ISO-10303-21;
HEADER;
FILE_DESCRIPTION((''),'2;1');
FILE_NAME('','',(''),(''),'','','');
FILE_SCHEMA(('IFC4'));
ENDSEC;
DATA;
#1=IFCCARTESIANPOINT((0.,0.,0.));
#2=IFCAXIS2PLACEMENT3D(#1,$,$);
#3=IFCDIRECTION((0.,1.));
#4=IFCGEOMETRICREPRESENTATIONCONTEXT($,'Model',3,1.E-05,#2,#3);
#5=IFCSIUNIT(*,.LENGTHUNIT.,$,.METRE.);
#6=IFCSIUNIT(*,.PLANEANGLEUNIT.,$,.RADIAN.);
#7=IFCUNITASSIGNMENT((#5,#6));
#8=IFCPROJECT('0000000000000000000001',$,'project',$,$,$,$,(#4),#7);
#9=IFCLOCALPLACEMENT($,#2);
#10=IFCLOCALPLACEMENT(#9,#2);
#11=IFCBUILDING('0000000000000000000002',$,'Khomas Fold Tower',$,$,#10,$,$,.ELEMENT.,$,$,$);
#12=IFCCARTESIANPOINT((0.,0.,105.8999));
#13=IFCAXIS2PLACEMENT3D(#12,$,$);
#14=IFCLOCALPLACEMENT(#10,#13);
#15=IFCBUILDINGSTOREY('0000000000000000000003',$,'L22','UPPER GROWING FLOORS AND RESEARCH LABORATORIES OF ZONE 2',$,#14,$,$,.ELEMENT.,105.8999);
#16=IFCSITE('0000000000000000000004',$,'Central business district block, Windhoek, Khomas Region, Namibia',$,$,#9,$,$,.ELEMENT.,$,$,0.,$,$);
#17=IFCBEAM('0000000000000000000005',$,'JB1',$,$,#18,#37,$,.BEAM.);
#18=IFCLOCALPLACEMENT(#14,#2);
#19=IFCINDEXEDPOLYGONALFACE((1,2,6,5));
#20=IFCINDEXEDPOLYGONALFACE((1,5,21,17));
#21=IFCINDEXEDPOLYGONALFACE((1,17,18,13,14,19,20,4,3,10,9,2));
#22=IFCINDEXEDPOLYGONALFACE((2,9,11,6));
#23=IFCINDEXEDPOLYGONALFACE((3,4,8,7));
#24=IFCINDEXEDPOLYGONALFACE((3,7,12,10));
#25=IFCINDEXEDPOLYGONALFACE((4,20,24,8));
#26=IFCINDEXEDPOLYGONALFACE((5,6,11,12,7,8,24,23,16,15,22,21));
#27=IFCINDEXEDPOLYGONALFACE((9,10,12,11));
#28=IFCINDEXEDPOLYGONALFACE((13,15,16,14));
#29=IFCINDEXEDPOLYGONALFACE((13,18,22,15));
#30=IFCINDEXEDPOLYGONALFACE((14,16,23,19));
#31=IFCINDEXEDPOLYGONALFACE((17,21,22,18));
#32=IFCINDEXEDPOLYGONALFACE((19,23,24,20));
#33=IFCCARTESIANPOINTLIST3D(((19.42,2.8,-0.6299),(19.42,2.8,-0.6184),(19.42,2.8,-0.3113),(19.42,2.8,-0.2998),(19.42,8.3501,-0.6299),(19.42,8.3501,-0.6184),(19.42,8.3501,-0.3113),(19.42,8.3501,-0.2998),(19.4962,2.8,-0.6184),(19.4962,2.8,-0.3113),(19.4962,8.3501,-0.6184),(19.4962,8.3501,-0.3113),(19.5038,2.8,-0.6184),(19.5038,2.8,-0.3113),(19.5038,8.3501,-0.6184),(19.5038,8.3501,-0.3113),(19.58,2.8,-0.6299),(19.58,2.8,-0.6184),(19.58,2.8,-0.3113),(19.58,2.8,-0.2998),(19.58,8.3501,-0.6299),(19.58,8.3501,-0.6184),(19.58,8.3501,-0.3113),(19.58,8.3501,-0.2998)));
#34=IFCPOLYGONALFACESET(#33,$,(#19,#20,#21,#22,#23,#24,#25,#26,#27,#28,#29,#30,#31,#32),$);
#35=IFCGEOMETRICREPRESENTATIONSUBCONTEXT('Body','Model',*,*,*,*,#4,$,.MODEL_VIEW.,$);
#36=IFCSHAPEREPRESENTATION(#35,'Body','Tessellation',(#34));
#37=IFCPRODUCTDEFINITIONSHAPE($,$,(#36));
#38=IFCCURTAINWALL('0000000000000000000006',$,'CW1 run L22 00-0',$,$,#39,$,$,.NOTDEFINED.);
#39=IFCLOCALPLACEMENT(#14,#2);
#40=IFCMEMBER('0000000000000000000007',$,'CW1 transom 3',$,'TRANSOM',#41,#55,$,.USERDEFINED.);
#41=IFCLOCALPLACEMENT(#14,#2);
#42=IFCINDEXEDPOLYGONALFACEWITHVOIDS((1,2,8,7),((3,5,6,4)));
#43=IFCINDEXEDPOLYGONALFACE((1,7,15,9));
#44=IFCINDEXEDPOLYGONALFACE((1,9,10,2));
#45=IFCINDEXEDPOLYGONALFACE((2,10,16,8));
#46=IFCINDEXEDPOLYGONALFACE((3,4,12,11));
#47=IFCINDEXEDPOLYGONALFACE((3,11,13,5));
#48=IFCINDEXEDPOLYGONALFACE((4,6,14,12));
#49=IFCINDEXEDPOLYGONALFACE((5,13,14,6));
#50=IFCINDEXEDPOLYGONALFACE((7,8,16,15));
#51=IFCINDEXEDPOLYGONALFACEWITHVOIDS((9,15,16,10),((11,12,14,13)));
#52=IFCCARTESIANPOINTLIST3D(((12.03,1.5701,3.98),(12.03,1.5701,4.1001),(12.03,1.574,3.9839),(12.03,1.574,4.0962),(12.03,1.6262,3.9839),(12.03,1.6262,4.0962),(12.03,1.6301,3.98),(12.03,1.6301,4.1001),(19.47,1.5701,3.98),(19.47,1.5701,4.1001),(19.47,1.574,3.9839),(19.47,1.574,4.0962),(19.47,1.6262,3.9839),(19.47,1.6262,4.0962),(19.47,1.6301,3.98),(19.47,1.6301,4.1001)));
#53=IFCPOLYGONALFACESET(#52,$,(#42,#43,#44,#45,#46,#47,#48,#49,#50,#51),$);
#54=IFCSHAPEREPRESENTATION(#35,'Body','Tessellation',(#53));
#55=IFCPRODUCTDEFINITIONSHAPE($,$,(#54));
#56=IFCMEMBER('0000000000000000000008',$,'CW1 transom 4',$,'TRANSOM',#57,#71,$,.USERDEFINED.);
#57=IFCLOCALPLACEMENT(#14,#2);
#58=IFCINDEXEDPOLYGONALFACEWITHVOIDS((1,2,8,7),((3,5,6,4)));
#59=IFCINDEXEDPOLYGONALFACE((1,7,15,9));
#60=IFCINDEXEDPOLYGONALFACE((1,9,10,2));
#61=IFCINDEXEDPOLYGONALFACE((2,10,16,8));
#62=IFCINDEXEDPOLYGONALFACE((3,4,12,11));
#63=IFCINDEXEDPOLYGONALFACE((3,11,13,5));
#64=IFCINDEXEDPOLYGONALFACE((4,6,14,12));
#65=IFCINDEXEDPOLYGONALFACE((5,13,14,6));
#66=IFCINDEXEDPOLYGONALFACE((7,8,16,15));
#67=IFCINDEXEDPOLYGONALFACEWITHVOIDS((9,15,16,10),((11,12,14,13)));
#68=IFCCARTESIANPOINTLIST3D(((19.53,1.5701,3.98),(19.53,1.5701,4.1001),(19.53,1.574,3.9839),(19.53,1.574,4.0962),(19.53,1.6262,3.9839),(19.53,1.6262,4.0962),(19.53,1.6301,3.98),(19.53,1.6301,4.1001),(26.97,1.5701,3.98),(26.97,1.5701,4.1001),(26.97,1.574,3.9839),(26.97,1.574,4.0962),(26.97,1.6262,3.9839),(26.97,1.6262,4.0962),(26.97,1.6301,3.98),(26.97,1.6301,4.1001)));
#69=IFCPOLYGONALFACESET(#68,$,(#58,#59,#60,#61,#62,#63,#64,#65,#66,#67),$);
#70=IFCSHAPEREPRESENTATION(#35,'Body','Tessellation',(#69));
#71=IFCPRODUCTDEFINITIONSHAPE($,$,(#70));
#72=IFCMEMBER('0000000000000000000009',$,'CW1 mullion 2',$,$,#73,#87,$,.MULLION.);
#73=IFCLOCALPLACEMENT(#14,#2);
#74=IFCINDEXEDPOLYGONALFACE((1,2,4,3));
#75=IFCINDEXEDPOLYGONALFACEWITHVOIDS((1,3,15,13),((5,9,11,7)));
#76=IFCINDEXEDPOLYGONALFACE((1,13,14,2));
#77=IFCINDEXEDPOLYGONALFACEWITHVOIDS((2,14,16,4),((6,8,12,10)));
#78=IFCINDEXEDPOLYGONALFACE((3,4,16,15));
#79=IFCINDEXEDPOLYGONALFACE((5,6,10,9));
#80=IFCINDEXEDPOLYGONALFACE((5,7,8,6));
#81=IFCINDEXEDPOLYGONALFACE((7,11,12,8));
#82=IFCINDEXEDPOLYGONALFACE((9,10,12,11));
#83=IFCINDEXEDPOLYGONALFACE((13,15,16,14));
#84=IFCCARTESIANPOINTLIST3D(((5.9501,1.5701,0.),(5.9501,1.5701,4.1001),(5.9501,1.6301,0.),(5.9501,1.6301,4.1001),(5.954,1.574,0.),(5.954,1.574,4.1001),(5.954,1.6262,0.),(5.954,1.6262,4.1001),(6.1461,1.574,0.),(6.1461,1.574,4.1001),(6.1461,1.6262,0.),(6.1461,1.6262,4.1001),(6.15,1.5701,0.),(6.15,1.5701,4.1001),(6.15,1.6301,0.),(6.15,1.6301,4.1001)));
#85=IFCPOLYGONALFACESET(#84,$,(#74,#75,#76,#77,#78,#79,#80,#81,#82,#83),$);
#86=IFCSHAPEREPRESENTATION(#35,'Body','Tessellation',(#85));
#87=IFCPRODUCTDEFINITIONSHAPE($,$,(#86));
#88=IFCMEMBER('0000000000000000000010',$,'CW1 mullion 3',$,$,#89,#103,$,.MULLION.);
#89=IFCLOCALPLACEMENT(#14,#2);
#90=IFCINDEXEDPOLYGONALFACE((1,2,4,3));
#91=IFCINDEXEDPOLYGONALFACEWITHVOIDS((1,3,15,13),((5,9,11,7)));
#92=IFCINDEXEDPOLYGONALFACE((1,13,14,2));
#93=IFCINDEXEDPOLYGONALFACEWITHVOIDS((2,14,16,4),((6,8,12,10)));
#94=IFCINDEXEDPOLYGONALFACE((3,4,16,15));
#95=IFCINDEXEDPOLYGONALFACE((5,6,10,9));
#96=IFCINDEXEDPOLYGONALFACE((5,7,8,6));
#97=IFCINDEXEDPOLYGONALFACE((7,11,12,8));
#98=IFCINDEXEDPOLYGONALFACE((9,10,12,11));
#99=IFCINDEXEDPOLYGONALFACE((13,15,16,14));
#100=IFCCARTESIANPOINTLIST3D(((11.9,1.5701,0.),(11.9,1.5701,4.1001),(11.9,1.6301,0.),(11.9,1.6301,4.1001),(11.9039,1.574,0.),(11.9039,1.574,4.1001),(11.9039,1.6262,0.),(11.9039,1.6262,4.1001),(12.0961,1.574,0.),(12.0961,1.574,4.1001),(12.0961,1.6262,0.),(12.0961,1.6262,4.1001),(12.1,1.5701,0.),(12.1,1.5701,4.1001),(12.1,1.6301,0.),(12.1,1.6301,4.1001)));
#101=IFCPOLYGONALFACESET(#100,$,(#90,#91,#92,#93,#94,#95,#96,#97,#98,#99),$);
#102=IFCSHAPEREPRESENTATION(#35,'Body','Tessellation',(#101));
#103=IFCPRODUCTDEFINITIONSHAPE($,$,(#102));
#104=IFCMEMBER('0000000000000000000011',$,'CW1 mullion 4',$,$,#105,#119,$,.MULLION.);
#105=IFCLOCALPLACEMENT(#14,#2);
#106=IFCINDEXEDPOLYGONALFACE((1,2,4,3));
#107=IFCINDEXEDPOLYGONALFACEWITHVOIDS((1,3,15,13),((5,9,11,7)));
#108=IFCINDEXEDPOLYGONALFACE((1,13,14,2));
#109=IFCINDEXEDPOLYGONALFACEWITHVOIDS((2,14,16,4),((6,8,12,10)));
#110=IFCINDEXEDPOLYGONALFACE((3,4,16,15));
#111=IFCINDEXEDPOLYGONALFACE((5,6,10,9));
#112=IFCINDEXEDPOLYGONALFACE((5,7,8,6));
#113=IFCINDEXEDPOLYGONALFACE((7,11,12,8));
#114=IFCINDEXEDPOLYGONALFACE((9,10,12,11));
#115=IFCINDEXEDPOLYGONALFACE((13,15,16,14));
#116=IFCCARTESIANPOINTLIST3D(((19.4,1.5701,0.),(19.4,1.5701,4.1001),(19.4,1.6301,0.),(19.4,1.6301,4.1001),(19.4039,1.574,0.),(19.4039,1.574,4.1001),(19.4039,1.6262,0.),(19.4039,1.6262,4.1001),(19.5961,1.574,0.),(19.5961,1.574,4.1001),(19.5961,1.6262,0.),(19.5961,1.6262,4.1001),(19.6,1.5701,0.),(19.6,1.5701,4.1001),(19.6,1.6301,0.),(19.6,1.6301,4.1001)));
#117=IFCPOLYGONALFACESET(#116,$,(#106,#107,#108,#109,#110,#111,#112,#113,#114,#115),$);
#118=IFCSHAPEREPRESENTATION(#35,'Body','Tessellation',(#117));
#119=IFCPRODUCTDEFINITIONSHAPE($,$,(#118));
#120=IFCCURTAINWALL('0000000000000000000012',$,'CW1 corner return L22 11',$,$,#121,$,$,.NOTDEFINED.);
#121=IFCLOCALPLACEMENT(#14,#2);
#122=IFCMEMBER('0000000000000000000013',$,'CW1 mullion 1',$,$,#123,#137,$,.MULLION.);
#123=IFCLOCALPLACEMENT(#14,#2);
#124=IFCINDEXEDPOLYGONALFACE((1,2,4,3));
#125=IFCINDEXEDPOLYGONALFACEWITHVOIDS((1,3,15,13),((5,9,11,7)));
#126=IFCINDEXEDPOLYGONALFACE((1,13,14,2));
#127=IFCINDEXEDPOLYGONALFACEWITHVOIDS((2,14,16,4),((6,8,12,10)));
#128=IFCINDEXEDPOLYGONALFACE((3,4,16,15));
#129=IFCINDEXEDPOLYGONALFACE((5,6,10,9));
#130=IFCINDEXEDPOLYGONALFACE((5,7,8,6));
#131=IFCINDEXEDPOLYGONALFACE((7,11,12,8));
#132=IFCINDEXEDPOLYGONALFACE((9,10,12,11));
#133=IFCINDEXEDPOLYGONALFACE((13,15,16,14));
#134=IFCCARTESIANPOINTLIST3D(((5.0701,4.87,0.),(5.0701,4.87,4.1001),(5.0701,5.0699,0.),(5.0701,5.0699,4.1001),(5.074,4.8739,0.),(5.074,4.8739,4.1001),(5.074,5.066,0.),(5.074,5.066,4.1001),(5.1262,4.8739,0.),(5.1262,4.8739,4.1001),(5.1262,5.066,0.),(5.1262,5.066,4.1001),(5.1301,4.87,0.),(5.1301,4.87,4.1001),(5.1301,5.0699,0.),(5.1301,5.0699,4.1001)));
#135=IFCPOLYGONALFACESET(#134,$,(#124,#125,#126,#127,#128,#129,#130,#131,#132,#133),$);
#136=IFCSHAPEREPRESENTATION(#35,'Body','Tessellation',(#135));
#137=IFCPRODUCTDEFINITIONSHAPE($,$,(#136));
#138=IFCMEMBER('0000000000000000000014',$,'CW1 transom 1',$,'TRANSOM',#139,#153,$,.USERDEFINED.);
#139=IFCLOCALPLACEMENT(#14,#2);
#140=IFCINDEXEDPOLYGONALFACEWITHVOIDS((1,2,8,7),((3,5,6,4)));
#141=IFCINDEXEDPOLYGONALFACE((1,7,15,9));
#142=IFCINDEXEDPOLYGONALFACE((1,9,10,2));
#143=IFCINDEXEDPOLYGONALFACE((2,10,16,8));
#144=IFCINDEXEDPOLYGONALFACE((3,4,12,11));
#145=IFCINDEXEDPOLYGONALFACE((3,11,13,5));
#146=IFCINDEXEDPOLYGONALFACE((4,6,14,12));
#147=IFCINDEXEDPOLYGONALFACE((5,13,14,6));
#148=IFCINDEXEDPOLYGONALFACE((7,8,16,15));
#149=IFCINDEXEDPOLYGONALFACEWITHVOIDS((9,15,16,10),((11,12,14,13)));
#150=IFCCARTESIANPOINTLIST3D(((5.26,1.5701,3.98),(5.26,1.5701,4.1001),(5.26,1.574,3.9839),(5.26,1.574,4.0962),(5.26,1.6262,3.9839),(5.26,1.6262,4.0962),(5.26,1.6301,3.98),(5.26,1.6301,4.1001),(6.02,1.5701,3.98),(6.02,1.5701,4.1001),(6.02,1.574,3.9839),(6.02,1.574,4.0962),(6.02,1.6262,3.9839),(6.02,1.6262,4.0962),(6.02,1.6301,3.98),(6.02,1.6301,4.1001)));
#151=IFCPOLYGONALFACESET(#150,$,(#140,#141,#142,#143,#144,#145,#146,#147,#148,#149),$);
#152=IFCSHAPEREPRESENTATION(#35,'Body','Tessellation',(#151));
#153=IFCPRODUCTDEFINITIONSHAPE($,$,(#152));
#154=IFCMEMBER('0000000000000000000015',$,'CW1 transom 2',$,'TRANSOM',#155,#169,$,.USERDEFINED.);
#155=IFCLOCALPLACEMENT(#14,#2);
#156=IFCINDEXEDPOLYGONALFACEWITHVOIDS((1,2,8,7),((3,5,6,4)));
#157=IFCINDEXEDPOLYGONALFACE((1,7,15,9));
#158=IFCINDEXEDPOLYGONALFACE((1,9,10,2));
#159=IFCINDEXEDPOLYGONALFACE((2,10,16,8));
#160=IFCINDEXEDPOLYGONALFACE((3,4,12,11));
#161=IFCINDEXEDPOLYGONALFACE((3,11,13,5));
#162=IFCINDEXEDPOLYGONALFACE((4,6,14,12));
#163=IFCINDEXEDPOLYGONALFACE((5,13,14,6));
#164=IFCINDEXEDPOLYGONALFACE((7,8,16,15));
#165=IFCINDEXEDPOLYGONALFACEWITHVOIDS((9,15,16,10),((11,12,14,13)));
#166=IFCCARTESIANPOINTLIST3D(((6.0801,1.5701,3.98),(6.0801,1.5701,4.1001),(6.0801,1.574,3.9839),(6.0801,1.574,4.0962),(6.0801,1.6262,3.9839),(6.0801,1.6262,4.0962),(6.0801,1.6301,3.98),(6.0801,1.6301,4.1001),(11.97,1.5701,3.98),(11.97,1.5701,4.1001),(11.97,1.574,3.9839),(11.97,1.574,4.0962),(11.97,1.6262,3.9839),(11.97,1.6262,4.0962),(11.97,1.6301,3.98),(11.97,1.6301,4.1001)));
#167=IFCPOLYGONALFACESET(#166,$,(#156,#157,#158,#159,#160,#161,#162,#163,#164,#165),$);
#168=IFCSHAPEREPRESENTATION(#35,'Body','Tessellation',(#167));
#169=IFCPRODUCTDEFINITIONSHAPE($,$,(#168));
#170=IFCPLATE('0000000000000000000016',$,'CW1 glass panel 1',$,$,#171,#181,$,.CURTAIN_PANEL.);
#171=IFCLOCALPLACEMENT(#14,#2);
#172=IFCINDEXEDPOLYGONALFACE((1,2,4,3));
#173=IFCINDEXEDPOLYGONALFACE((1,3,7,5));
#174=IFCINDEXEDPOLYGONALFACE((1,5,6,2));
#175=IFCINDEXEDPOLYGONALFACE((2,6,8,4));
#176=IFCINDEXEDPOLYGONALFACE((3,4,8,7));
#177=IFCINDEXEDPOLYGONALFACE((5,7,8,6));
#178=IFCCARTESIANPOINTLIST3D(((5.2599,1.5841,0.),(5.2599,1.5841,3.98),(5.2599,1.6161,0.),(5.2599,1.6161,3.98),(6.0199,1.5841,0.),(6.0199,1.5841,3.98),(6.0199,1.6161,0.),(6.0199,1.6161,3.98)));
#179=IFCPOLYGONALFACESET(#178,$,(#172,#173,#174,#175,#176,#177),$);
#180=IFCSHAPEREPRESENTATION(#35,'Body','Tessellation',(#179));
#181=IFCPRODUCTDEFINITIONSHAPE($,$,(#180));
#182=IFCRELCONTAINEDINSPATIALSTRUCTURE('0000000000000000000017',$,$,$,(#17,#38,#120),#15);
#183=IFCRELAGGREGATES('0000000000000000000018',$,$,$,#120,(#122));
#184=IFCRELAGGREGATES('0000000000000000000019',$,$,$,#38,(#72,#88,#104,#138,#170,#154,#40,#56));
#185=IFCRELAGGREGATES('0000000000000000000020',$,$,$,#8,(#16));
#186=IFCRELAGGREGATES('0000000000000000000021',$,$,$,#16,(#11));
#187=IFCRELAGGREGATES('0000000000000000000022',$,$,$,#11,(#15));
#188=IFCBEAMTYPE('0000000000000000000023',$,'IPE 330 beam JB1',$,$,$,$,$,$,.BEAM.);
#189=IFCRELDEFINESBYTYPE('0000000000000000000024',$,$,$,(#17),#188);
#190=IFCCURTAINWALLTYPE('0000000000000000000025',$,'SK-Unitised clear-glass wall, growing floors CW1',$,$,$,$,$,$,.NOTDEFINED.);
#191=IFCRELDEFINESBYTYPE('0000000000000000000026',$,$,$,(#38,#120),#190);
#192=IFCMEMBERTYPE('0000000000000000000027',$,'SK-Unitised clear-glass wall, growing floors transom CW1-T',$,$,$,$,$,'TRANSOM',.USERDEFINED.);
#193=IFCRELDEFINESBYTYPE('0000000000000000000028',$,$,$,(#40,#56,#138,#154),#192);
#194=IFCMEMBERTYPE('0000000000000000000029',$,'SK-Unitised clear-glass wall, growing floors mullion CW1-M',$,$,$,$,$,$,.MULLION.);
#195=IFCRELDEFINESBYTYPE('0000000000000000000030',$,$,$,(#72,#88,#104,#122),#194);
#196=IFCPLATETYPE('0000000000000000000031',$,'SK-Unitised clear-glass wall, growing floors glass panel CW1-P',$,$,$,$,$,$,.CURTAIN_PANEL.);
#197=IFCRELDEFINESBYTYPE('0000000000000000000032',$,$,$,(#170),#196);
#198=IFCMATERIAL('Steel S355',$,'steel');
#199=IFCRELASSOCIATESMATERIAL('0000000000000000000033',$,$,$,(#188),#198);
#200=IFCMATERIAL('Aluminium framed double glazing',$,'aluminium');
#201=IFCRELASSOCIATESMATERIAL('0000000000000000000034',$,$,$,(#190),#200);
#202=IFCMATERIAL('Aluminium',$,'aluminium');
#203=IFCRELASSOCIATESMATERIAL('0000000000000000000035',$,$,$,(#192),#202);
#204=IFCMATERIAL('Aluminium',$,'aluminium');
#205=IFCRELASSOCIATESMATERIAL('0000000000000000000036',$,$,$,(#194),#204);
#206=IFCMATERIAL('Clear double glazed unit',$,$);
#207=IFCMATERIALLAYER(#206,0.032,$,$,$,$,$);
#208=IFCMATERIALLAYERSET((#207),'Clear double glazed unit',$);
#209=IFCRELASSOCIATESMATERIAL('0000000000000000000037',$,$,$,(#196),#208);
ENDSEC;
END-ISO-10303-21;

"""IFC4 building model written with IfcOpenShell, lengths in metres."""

from ifc_helpers import new_model, si_unit, direction, frame, origin, origin_2d, place, context, subcontext, project, spatial, rectangle, hollow_rectangle, i_section, extrude, source, transform, mapped, material, layer, layer_set, material_profile, profile_set, type_object, element, aggregate, save


model = new_model("IFC4")

# Units and contexts
model_context = context("Model", 3, precision=1e-05, world=origin(), true_north=direction((0.0, 1.0)))
body_context = subcontext(model_context, "Body", "Model", "MODEL_VIEW")
ifc_project = project(units=[si_unit("LENGTHUNIT", "METRE"), si_unit("PLANEANGLEUNIT", "RADIAN")], contexts=[model_context])

# Site, building, storey
site_placement = place(None, origin())
site = spatial("IfcSite", under=ifc_project, at=site_placement, Name="Central business district block, Windhoek, Khomas Region, Namibia", CompositionType="ELEMENT", RefElevation=0.0)
building_placement = place(site_placement, origin())
building = spatial("IfcBuilding", under=site, at=building_placement, Name="Khomas Fold Tower", CompositionType="ELEMENT")
storey_placement = place(building_placement, frame((0.0, 0.0, 105.8999)))
storey = spatial("IfcBuildingStorey", under=building, at=storey_placement, Name="L22", Description="UPPER GROWING FLOORS AND RESEARCH LABORATORIES OF ZONE 2", CompositionType="ELEMENT", Elevation=105.8999)

# Beam
ifc_material_1 = material(Name="Steel S355", Category="steel")
ifc_material_profile_1 = material_profile(ifc_material_1, i_section(OverallWidth=0.1599, OverallDepth=0.3301, WebThickness=0.0076, FlangeThickness=0.0115, at=origin_2d()), Name="IPE 330")
ifc_profile_set_1 = profile_set([ifc_material_profile_1], Name="Steel S355")
beam_type_1 = type_object("IfcBeamType", Name="IPE 330 beam JB1", PredefinedType="BEAM", material=ifc_profile_set_1)
shared_shape_1 = source(origin(), body_context, "Body", "SweptSolid", [
    extrude(i_section(OverallWidth=0.1599, OverallDepth=0.3301, WebThickness=0.0076, FlangeThickness=0.0115, at=origin_2d()), origin(), (0.0, 0.0, 1.0), 5.55),
])
beam_1_placement = place(storey_placement, frame((19.5, 2.8, -0.4648), z_axis=(0.0, 1.0, 0.0), x_axis=(-1.0, 0.0, 0.0)))
element("IfcBeam", 1, at=beam_1_placement, inside=storey, type_object=beam_type_1, Name="JB1", PredefinedType="BEAM", context=body_context, shape_type="MappedRepresentation", body=[
    mapped(shared_shape_1, transform((0.0, 0.0, 0.0))),
])

# Curtain wall, members
ifc_material_2 = material(Name="Aluminium framed double glazing", Category="aluminium")
curtain_wall_type = type_object("IfcCurtainWallType", Name="SK-Unitised clear-glass wall, growing floors CW1", PredefinedType="NOTDEFINED", material=ifc_material_2)
curtain_wall_1_placement = place(storey_placement, origin())
curtain_wall_1 = element("IfcCurtainWall", 2, at=curtain_wall_1_placement, inside=storey, type_object=curtain_wall_type, Name="CW1 run L22 00-0", PredefinedType="NOTDEFINED")
ifc_material_3 = material(Name="Aluminium", Category="aluminium")
ifc_material_profile_2 = material_profile(ifc_material_3, hollow_rectangle(XDim=0.0601, YDim=0.1201, WallThickness=0.0039, at=origin_2d()), Name="SK-Unitised clear-glass wall, growing floors transom CW1-T")
ifc_profile_set_2 = profile_set([ifc_material_profile_2], Name="Aluminium")
member_type_1 = type_object("IfcMemberType", Name="SK-Unitised clear-glass wall, growing floors transom CW1-T", ElementType="TRANSOM", PredefinedType="USERDEFINED", material=ifc_profile_set_2)
shared_shape_2 = source(origin(), body_context, "Body", "SweptSolid", [
    extrude(hollow_rectangle(XDim=0.0601, YDim=0.1201, WallThickness=0.0039, at=origin_2d()), origin(), (0.0, 0.0, 1.0), 7.4399),
])
member_1_placement = place(storey_placement, frame((12.03, 1.6001, 4.04), z_axis=(1.0, 0.0, 0.0), x_axis=(0.0, 1.0, 0.0)))
member_1 = element("IfcMember", 3, at=member_1_placement, type_object=member_type_1, Name="CW1 transom 3", ObjectType="TRANSOM", PredefinedType="USERDEFINED", context=body_context, shape_type="MappedRepresentation", body=[
    mapped(shared_shape_2, transform((0.0, 0.0, 0.0))),
])
member_2_placement = place(storey_placement, frame((19.53, 1.6001, 4.04), z_axis=(1.0, 0.0, 0.0), x_axis=(0.0, 1.0, 0.0)))
member_2 = element("IfcMember", 4, at=member_2_placement, type_object=member_type_1, Name="CW1 transom 4", ObjectType="TRANSOM", PredefinedType="USERDEFINED", context=body_context, shape_type="MappedRepresentation", body=[
    mapped(shared_shape_2, transform((0.0, 0.0, 0.0))),
])
ifc_material_4 = material(Name="Aluminium", Category="aluminium")
ifc_material_profile_3 = material_profile(ifc_material_4, hollow_rectangle(XDim=0.0601, YDim=0.2, WallThickness=0.0039, at=origin_2d()), Name="SK-Unitised clear-glass wall, growing floors mullion CW1-M")
ifc_profile_set_3 = profile_set([ifc_material_profile_3], Name="Aluminium")
member_type_2 = type_object("IfcMemberType", Name="SK-Unitised clear-glass wall, growing floors mullion CW1-M", PredefinedType="MULLION", material=ifc_profile_set_3)
shared_shape_3 = source(origin(), body_context, "Body", "SweptSolid", [
    extrude(hollow_rectangle(XDim=0.0601, YDim=0.2, WallThickness=0.0039, at=origin_2d()), origin(), (0.0, 0.0, 1.0), 4.1001),
])
member_3_placement = place(storey_placement, frame((6.05, 1.6001, 0.0), z_axis=(0.0, 0.0, 1.0), x_axis=(0.0, 1.0, 0.0)))
member_3 = element("IfcMember", 5, at=member_3_placement, type_object=member_type_2, Name="CW1 mullion 2", PredefinedType="MULLION", context=body_context, shape_type="MappedRepresentation", body=[
    mapped(shared_shape_3, transform((0.0, 0.0, 0.0))),
])
member_4_placement = place(storey_placement, frame((12.0, 1.6001, 0.0), z_axis=(0.0, 0.0, 1.0), x_axis=(0.0, 1.0, 0.0)))
member_4 = element("IfcMember", 6, at=member_4_placement, type_object=member_type_2, Name="CW1 mullion 3", PredefinedType="MULLION", context=body_context, shape_type="MappedRepresentation", body=[
    mapped(shared_shape_3, transform((0.0, 0.0, 0.0))),
])
member_5_placement = place(storey_placement, frame((19.5, 1.6001, 0.0), z_axis=(0.0, 0.0, 1.0), x_axis=(0.0, 1.0, 0.0)))
member_5 = element("IfcMember", 7, at=member_5_placement, type_object=member_type_2, Name="CW1 mullion 4", PredefinedType="MULLION", context=body_context, shape_type="MappedRepresentation", body=[
    mapped(shared_shape_3, transform((0.0, 0.0, 0.0))),
])

# Curtain wall, member
curtain_wall_2_placement = place(storey_placement, origin())
curtain_wall_2 = element("IfcCurtainWall", 8, at=curtain_wall_2_placement, inside=storey, type_object=curtain_wall_type, Name="CW1 corner return L22 11", PredefinedType="NOTDEFINED")
member_6_placement = place(storey_placement, frame((5.1001, 4.97, 0.0), z_axis=(0.0, 0.0, 1.0), x_axis=(1.0, 0.0, 0.0)))
member_6 = element("IfcMember", 9, at=member_6_placement, type_object=member_type_2, Name="CW1 mullion 1", PredefinedType="MULLION", context=body_context, shape_type="MappedRepresentation", body=[
    mapped(shared_shape_3, transform((0.0, 0.0, 0.0))),
])
aggregate(curtain_wall_2, [member_6])

# Members
shared_shape_4 = source(origin(), body_context, "Body", "SweptSolid", [
    extrude(hollow_rectangle(XDim=0.0601, YDim=0.1201, WallThickness=0.0039, at=origin_2d()), origin(), (0.0, 0.0, 1.0), 0.76),
])
member_7_placement = place(storey_placement, frame((5.26, 1.6001, 4.04), z_axis=(1.0, 0.0, 0.0), x_axis=(0.0, 1.0, 0.0)))
member_7 = element("IfcMember", 10, at=member_7_placement, type_object=member_type_1, Name="CW1 transom 1", ObjectType="TRANSOM", PredefinedType="USERDEFINED", context=body_context, shape_type="MappedRepresentation", body=[
    mapped(shared_shape_4, transform((0.0, 0.0, 0.0))),
])
shared_shape_5 = source(origin(), body_context, "Body", "SweptSolid", [
    extrude(hollow_rectangle(XDim=0.0601, YDim=0.1201, WallThickness=0.0039, at=origin_2d()), origin(), (0.0, 0.0, 1.0), 5.8899),
])
member_8_placement = place(storey_placement, frame((6.0801, 1.6001, 4.04), z_axis=(1.0, 0.0, 0.0), x_axis=(0.0, 1.0, 0.0)))
member_8 = element("IfcMember", 11, at=member_8_placement, type_object=member_type_1, Name="CW1 transom 2", ObjectType="TRANSOM", PredefinedType="USERDEFINED", context=body_context, shape_type="MappedRepresentation", body=[
    mapped(shared_shape_5, transform((0.0, 0.0, 0.0))),
])

# Plate
ifc_material_5 = material(Name="Clear double glazed unit")
ifc_layer_1 = layer(ifc_material_5, 0.032)
ifc_layer_set_1 = layer_set([ifc_layer_1], Name="Clear double glazed unit")
plate_type = type_object("IfcPlateType", Name="SK-Unitised clear-glass wall, growing floors glass panel CW1-P", PredefinedType="CURTAIN_PANEL", material=ifc_layer_set_1)
shared_shape_6 = source(origin(), body_context, "Body", "SweptSolid", [
    extrude(rectangle(XDim=0.76, YDim=0.032, at=origin_2d()), origin(), (0.0, 0.0, 1.0), 3.98),
])
plate_1_placement = place(storey_placement, frame((5.6399, 1.6001, 0.0), z_axis=(0.0, 0.0, 1.0), x_axis=(1.0, 0.0, 0.0)))
plate_1 = element("IfcPlate", 12, at=plate_1_placement, type_object=plate_type, Name="CW1 glass panel 1", PredefinedType="CURTAIN_PANEL", context=body_context, shape_type="MappedRepresentation", body=[
    mapped(shared_shape_6, transform((0.0, 0.0, 0.0))),
])
aggregate(curtain_wall_1, [member_3, member_4, member_5, member_7, plate_1, member_8, member_1, member_2])

save(model, "model.ifc")
